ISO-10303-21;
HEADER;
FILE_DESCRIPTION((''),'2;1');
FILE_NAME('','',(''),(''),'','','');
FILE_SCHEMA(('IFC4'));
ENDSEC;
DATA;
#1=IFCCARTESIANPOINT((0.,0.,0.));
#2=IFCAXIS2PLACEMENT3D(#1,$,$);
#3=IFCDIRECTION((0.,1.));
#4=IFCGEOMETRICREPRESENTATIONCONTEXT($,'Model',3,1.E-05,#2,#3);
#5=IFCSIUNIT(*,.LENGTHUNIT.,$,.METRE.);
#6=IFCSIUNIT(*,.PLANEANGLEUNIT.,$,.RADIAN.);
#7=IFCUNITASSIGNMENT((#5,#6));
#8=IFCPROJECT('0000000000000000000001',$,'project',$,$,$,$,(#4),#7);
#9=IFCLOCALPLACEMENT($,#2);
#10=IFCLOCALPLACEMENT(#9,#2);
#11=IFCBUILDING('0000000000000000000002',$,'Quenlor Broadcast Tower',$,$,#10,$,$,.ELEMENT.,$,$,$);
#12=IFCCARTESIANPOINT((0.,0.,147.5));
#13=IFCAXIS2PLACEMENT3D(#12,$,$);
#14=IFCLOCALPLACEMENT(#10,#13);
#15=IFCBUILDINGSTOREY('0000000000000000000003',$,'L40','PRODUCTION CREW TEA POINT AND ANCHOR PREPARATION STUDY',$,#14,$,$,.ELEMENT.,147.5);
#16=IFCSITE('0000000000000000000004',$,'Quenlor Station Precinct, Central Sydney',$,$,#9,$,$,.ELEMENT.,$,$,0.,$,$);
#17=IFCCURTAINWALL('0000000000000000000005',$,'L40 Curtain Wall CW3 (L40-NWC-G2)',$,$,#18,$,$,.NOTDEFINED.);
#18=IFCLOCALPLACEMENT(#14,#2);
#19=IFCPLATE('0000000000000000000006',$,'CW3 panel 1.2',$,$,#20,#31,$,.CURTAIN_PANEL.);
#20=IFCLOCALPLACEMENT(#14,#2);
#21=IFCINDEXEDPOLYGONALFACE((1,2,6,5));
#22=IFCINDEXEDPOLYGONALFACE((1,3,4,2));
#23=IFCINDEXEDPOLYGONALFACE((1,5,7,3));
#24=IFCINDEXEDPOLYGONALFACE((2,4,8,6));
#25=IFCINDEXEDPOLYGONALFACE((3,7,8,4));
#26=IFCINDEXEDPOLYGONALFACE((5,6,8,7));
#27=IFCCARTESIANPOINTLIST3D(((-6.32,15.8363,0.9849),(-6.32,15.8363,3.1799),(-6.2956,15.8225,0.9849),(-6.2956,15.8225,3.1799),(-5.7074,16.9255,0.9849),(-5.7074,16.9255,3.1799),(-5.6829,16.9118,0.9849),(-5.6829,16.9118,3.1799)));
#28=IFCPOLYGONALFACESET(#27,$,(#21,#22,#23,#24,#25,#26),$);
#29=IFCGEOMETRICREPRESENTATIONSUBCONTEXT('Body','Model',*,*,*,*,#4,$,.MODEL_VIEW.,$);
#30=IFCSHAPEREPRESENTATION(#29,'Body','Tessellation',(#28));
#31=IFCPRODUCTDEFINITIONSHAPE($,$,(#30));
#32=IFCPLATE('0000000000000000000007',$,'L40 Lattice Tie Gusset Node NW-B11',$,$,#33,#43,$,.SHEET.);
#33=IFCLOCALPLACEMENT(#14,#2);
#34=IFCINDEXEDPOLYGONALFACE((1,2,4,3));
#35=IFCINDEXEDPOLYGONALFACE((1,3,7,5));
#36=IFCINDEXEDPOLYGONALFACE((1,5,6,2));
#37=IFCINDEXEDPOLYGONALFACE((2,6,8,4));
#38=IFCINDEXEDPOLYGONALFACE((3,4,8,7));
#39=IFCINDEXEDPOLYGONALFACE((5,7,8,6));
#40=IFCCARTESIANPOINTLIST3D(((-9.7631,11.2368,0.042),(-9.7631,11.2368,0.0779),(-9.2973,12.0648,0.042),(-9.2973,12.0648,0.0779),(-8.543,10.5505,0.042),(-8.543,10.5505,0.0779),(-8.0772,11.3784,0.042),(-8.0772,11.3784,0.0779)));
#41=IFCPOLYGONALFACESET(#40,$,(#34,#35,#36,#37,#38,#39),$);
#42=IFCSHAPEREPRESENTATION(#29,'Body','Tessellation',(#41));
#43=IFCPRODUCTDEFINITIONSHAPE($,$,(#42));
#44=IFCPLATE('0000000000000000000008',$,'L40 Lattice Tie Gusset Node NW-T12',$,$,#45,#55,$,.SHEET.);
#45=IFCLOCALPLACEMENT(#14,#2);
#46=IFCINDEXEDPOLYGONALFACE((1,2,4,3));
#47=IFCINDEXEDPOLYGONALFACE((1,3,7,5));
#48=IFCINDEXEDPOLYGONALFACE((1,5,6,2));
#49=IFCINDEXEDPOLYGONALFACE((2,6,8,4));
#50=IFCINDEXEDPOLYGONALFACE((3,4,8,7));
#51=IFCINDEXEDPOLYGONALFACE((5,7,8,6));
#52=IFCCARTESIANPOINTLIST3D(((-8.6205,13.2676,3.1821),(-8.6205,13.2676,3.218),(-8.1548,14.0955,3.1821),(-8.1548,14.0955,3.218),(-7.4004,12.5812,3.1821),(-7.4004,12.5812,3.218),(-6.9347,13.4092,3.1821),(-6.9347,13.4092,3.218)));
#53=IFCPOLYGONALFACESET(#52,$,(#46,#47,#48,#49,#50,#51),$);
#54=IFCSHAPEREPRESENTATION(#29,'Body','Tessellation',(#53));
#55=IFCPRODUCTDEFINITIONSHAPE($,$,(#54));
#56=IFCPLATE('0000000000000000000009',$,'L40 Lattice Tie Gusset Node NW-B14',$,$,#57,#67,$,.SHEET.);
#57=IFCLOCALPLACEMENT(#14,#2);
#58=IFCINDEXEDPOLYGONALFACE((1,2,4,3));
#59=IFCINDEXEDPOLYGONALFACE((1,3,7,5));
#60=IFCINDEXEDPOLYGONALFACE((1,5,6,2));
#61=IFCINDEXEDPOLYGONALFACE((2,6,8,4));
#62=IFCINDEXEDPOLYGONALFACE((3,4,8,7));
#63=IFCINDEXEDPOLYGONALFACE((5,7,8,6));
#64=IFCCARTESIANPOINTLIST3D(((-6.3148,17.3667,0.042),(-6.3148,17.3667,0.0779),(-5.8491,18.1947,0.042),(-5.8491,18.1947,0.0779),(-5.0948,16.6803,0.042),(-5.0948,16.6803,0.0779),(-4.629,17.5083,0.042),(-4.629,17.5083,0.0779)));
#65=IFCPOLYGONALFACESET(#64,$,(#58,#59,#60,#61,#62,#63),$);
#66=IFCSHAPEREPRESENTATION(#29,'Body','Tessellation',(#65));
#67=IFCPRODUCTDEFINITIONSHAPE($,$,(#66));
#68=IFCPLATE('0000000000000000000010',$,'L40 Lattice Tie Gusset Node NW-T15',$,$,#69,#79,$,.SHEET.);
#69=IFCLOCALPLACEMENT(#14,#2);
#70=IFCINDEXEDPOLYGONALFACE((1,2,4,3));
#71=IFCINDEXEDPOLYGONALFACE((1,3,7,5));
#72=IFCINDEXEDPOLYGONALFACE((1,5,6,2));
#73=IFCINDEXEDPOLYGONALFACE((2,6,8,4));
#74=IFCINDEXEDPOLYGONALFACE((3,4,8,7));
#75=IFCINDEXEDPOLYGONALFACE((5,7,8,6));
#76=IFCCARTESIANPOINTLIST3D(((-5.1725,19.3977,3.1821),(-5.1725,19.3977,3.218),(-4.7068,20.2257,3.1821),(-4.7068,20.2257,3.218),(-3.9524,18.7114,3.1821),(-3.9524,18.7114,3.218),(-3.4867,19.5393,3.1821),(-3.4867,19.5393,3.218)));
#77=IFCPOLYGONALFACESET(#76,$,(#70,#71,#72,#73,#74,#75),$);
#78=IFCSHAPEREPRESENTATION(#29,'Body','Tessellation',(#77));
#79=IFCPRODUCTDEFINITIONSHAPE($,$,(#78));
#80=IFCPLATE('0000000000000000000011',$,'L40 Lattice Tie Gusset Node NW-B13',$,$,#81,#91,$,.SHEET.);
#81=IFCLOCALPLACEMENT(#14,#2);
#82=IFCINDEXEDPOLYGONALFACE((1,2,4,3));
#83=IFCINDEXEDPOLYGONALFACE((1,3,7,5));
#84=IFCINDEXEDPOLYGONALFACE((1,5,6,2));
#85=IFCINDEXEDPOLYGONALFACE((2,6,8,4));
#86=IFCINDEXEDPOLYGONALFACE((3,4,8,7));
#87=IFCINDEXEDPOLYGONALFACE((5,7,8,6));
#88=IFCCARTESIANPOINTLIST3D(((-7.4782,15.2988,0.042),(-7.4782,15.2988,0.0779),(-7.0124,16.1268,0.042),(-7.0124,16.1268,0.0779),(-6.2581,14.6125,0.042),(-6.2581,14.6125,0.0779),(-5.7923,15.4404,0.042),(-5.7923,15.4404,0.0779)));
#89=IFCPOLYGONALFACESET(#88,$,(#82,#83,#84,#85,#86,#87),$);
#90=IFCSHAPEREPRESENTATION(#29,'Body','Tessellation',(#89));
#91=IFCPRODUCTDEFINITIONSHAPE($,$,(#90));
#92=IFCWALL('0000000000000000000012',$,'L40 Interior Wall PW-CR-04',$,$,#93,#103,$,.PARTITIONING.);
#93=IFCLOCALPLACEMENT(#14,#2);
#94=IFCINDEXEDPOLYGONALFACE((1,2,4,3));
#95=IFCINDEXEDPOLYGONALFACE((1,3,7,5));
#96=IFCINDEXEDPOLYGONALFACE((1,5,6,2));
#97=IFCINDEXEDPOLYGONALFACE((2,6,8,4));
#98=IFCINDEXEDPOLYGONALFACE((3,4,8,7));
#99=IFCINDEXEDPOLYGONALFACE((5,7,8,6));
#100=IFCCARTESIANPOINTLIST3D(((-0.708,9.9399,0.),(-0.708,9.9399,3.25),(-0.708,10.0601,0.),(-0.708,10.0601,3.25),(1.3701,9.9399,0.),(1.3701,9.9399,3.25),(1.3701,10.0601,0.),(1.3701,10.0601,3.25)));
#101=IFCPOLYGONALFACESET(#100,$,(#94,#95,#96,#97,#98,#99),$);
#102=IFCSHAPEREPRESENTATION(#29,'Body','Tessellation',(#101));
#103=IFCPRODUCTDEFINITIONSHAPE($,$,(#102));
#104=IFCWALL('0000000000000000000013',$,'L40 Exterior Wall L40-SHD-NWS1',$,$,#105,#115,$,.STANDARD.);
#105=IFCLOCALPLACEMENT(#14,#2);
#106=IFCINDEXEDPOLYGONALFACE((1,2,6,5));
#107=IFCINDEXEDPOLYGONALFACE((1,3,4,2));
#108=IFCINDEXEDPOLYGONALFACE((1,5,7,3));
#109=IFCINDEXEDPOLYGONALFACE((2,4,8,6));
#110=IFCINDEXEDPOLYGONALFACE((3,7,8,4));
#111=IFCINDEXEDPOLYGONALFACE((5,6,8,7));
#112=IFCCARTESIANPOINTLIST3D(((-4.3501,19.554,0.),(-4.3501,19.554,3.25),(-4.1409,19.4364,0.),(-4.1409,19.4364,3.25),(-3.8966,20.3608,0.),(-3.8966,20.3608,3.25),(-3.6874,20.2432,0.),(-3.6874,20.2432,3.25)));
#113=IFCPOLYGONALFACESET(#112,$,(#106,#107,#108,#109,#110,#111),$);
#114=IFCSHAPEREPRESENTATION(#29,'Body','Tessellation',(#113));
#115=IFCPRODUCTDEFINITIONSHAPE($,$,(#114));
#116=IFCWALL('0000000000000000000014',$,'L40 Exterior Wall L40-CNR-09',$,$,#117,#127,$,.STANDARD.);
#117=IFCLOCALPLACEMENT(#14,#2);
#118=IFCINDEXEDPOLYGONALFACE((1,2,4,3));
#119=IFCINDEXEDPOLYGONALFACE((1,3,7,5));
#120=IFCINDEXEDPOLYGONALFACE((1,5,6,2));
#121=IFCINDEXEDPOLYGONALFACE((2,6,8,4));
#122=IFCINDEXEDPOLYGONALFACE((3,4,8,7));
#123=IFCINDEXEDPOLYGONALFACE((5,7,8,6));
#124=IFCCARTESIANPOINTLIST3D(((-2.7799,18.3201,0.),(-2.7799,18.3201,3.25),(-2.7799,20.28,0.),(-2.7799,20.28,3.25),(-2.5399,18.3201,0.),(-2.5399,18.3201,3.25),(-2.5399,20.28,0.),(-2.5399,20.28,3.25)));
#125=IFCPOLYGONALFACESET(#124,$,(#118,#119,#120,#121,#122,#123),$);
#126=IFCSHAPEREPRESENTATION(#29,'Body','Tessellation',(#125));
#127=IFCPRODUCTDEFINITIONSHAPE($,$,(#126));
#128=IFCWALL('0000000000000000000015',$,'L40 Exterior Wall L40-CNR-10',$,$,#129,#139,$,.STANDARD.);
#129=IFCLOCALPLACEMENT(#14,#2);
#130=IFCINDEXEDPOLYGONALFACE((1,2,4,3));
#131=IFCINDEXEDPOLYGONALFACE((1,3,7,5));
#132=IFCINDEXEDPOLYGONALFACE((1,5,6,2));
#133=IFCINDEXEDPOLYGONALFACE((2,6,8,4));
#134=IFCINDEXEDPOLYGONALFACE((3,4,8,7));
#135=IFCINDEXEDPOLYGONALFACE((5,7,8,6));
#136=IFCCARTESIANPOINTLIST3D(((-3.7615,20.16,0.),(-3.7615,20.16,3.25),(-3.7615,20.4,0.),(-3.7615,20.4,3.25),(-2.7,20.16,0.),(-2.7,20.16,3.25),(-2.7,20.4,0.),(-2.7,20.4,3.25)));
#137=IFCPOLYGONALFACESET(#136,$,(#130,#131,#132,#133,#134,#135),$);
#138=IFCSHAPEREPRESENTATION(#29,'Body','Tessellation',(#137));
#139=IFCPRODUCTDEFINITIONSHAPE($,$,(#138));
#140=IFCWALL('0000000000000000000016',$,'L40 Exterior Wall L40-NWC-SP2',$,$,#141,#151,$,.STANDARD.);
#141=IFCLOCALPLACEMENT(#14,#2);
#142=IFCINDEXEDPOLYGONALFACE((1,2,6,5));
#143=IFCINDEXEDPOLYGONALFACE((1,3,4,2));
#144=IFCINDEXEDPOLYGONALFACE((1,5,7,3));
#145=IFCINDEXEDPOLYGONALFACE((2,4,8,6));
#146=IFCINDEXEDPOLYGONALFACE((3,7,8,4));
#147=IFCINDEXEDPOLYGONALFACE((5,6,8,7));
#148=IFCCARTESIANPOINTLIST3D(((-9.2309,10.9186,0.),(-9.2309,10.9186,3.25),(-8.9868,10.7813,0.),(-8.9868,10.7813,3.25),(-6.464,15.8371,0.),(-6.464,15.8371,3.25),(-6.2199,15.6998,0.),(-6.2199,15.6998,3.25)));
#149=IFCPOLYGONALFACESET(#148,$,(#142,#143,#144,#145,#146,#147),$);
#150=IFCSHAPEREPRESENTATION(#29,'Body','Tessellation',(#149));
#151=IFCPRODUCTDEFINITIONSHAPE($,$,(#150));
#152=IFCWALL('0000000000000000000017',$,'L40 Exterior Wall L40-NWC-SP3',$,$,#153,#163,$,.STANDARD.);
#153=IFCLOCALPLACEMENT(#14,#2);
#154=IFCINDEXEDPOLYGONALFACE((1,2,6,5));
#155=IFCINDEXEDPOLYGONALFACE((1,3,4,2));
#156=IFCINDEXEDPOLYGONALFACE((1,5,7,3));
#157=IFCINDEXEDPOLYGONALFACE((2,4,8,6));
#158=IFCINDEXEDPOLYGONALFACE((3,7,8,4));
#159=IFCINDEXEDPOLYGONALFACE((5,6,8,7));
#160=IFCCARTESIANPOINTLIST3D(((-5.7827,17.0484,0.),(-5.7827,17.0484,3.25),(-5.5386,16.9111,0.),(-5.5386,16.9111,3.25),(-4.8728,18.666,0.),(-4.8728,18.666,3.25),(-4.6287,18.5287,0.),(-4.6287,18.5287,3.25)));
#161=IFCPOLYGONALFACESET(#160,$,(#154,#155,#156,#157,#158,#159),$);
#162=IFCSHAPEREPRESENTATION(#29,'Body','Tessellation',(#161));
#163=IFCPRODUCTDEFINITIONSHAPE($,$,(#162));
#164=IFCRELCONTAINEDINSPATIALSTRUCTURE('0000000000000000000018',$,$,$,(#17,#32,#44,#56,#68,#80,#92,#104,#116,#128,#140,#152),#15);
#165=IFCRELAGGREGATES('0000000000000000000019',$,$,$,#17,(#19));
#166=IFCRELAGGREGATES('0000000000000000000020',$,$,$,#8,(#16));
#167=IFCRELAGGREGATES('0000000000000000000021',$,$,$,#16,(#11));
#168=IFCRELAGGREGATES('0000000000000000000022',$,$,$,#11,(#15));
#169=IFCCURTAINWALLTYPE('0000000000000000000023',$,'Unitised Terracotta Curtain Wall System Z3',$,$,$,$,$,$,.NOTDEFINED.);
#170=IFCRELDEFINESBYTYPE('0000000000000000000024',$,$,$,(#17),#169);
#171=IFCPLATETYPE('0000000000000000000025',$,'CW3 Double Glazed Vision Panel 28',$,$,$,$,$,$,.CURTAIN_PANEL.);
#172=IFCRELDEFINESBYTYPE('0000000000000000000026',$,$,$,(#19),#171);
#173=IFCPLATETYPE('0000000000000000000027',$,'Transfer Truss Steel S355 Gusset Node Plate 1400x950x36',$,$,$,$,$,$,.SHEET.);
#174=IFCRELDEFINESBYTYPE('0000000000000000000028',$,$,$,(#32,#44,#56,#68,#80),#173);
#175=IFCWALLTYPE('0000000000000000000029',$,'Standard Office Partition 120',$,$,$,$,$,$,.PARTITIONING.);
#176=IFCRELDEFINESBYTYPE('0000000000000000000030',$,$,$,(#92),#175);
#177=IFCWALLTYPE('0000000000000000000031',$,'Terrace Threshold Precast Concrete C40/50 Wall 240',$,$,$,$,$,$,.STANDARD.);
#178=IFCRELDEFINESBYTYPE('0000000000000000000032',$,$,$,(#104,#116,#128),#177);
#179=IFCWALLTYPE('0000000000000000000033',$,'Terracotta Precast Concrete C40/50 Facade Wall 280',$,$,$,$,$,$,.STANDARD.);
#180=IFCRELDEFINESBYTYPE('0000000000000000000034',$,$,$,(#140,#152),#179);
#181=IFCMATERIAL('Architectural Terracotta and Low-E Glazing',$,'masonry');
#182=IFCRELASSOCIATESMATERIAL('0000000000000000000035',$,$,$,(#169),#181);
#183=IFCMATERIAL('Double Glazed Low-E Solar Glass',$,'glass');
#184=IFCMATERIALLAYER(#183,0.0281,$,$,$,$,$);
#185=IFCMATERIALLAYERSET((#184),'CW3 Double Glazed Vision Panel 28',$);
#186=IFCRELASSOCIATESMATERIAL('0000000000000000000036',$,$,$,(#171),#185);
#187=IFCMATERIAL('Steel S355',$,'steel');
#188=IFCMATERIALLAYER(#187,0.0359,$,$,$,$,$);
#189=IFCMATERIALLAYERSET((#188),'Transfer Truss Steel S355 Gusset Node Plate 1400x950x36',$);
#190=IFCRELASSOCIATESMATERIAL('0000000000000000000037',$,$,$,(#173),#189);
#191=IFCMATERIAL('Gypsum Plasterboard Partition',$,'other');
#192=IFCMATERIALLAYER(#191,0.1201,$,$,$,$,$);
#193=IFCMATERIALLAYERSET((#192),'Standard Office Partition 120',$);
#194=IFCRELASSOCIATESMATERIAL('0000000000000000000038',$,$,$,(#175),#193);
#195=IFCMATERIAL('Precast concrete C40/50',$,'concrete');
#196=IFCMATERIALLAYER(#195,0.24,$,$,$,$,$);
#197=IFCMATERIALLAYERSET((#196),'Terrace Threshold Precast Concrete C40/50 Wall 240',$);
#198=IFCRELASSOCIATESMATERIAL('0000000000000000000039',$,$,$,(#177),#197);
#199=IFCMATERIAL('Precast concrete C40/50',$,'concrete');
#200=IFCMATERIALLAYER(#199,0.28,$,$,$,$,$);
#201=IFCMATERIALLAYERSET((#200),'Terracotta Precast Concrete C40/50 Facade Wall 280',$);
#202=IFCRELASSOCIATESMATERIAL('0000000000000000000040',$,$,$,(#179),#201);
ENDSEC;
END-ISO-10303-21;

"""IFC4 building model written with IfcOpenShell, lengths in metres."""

from ifc_helpers import new_model, si_unit, direction, frame, frame_2d, origin, origin_2d, place, context, subcontext, project, spatial, rectangle, extrude, material, layer, layer_set, type_object, element, aggregate, save


model = new_model("IFC4")

# Units and contexts
model_context = context("Model", 3, precision=1e-05, world=origin(), true_north=direction((0.0, 1.0)))
body_context = subcontext(model_context, "Body", "Model", "MODEL_VIEW")
ifc_project = project(units=[si_unit("LENGTHUNIT", "METRE"), si_unit("PLANEANGLEUNIT", "RADIAN")], contexts=[model_context])

# Site, building, storey
site_placement = place(None, origin())
site = spatial("IfcSite", under=ifc_project, at=site_placement, Name="Quenlor Station Precinct, Central Sydney", CompositionType="ELEMENT", RefElevation=0.0)
building_placement = place(site_placement, origin())
building = spatial("IfcBuilding", under=site, at=building_placement, Name="Quenlor Broadcast Tower", CompositionType="ELEMENT")
storey_placement = place(building_placement, frame((0.0, 0.0, 147.5)))
storey = spatial("IfcBuildingStorey", under=building, at=storey_placement, Name="L40", Description="PRODUCTION CREW TEA POINT AND ANCHOR PREPARATION STUDY", CompositionType="ELEMENT", Elevation=147.5)

# Shared definitions
ifc_material_1 = material(Name="Architectural Terracotta and Low-E Glazing", Category="masonry")
curtain_wall_type = type_object("IfcCurtainWallType", Name="Unitised Terracotta Curtain Wall System Z3", PredefinedType="NOTDEFINED", material=ifc_material_1)

# Curtain wall
curtain_wall_1_placement = place(storey_placement, origin())
curtain_wall_1 = element("IfcCurtainWall", 1, at=curtain_wall_1_placement, inside=storey, type_object=curtain_wall_type, Name="L40 Curtain Wall CW3 (L40-NWC-G2)", PredefinedType="NOTDEFINED")

# Plate
ifc_material_2 = material(Name="Double Glazed Low-E Solar Glass", Category="glass")
ifc_layer_1 = layer(ifc_material_2, 0.0281)
ifc_layer_set_1 = layer_set([ifc_layer_1], Name="CW3 Double Glazed Vision Panel 28")
plate_type_1 = type_object("IfcPlateType", Name="CW3 Double Glazed Vision Panel 28", PredefinedType="CURTAIN_PANEL", material=ifc_layer_set_1)
plate_1_placement = place(storey_placement, frame((-6.0015, 16.374, 0.9849), z_axis=(0.0, 0.0, 1.0), x_axis=(0.49023, 0.871593, 0.0)))
plate_1 = element("IfcPlate", 2, at=plate_1_placement, type_object=plate_type_1, Name="CW3 panel 1.2", PredefinedType="CURTAIN_PANEL", context=body_context, shape_type="SweptSolid", body=[
    extrude(rectangle(XDim=1.2498, YDim=0.0281, at=origin_2d()), origin(), (0.0, 0.0, 1.0), 2.1951),
])
aggregate(curtain_wall_1, [plate_1])

# Plates
ifc_material_3 = material(Name="Steel S355", Category="steel")
ifc_layer_2 = layer(ifc_material_3, 0.0359)
ifc_layer_set_2 = layer_set([ifc_layer_2], Name="Transfer Truss Steel S355 Gusset Node Plate 1400x950x36")
plate_type_2 = type_object("IfcPlateType", Name="Transfer Truss Steel S355 Gusset Node Plate 1400x950x36", PredefinedType="SHEET", material=ifc_layer_set_2)
for number, where, z_axis, x_axis, name in (
    (3, (-8.9202, 11.3076, 0.042), (0.0, 0.0, 1.0), (-0.871556, 0.490295, 0.0), "L40 Lattice Tie Gusset Node NW-B11"),
    (4, (-7.7776, 13.3384, 3.1821), (0.0, 0.0, 1.0), (-0.871556, 0.490295, 0.0), "L40 Lattice Tie Gusset Node NW-T12"),
    (5, (-5.4719, 17.4375, 0.042), (0.0, 0.0, 1.0), (-0.871556, 0.490295, 0.0), "L40 Lattice Tie Gusset Node NW-B14"),
    (6, (-4.3296, 19.4685, 3.1821), (0.0, 0.0, 1.0), (-0.871556, 0.490295, 0.0), "L40 Lattice Tie Gusset Node NW-T15"),
    (7, (-6.6353, 15.3696, 0.042), (0.0, 0.0, 1.0), (-0.871556, 0.490295, 0.0), "L40 Lattice Tie Gusset Node NW-B13"),
):
    element("IfcPlate", number, at=place(storey_placement, frame(where, z_axis=z_axis, x_axis=x_axis)), inside=storey, type_object=plate_type_2, Name=name, PredefinedType="SHEET", context=body_context, shape_type="SweptSolid", body=[
        extrude(rectangle(XDim=1.3999, YDim=0.95, at=origin_2d()), origin(), (0.0, 0.0, 1.0), 0.0359),
    ])

# Walls
ifc_material_4 = material(Name="Gypsum Plasterboard Partition", Category="other")
ifc_layer_3 = layer(ifc_material_4, 0.1201)
ifc_layer_set_3 = layer_set([ifc_layer_3], Name="Standard Office Partition 120")
wall_type_1 = type_object("IfcWallType", Name="Standard Office Partition 120", PredefinedType="PARTITIONING", material=ifc_layer_set_3)
wall_1_placement = place(storey_placement, frame((-0.708, 10.0, 0.0), z_axis=(0.0, 0.0, 1.0), x_axis=(1.0, 0.0, 0.0)))
element("IfcWall", 8, at=wall_1_placement, inside=storey, type_object=wall_type_1, Name="L40 Interior Wall PW-CR-04", PredefinedType="PARTITIONING", context=body_context, shape_type="SweptSolid", body=[
    extrude(rectangle(XDim=2.0781, YDim=0.1201, at=frame_2d((1.0391, 0.0))), origin(), (0.0, 0.0, 1.0), 3.25),
])
ifc_material_5 = material(Name="Precast concrete C40/50", Category="concrete")
ifc_layer_4 = layer(ifc_material_5, 0.24)
ifc_layer_set_4 = layer_set([ifc_layer_4], Name="Terrace Threshold Precast Concrete C40/50 Wall 240")
wall_type_2 = type_object("IfcWallType", Name="Terrace Threshold Precast Concrete C40/50 Wall 240", PredefinedType="STANDARD", material=ifc_layer_set_4)
wall_2_placement = place(storey_placement, frame((-4.2456, 19.4951, 0.0), z_axis=(0.0, 0.0, 1.0), x_axis=(0.490048, 0.871695, 0.0)))
element("IfcWall", 9, at=wall_2_placement, inside=storey, type_object=wall_type_2, Name="L40 Exterior Wall L40-SHD-NWS1", PredefinedType="STANDARD", context=body_context, shape_type="SweptSolid", body=[
    extrude(rectangle(XDim=0.9255, YDim=0.24, at=frame_2d((0.4629, 0.0))), origin(), (0.0, 0.0, 1.0), 3.25),
])
wall_3_placement = place(storey_placement, frame((-2.6599, 18.3201, 0.0), z_axis=(0.0, 0.0, 1.0), x_axis=(0.0, 1.0, 0.0)))
element("IfcWall", 10, at=wall_3_placement, inside=storey, type_object=wall_type_2, Name="L40 Exterior Wall L40-CNR-09", PredefinedType="STANDARD", context=body_context, shape_type="SweptSolid", body=[
    extrude(rectangle(XDim=1.96, YDim=0.24, at=frame_2d((0.98, 0.0))), origin(), (0.0, 0.0, 1.0), 3.25),
])
wall_4_placement = place(storey_placement, frame((-2.7, 20.28, 0.0), z_axis=(0.0, 0.0, 1.0), x_axis=(-1.0, 0.0, 0.0)))
element("IfcWall", 11, at=wall_4_placement, inside=storey, type_object=wall_type_2, Name="L40 Exterior Wall L40-CNR-10", PredefinedType="STANDARD", context=body_context, shape_type="SweptSolid", body=[
    extrude(rectangle(XDim=1.0615, YDim=0.24, at=frame_2d((0.5308, 0.0))), origin(), (0.0, 0.0, 1.0), 3.25),
])
ifc_material_6 = material(Name="Precast concrete C40/50", Category="concrete")
ifc_layer_5 = layer(ifc_material_6, 0.28)
ifc_layer_set_5 = layer_set([ifc_layer_5], Name="Terracotta Precast Concrete C40/50 Facade Wall 280")
wall_type_3 = type_object("IfcWallType", Name="Terracotta Precast Concrete C40/50 Facade Wall 280", PredefinedType="STANDARD", material=ifc_layer_set_5)
wall_5_placement = place(storey_placement, frame((-9.1089, 10.8499, 0.0), z_axis=(0.0, 0.0, 1.0), x_axis=(0.49029, 0.871559, 0.0)))
element("IfcWall", 12, at=wall_5_placement, inside=storey, type_object=wall_type_3, Name="L40 Exterior Wall L40-NWC-SP2", PredefinedType="STANDARD", context=body_context, shape_type="SweptSolid", body=[
    extrude(rectangle(XDim=5.6433, YDim=0.28, at=frame_2d((2.8218, 0.0))), origin(), (0.0, 0.0, 1.0), 3.25),
])
wall_6_placement = place(storey_placement, frame((-5.6606, 16.9797, 0.0), z_axis=(0.0, 0.0, 1.0), x_axis=(0.490249, 0.871583, 0.0)))
element("IfcWall", 13, at=wall_6_placement, inside=storey, type_object=wall_type_3, Name="L40 Exterior Wall L40-NWC-SP3", PredefinedType="STANDARD", context=body_context, shape_type="SweptSolid", body=[
    extrude(rectangle(XDim=1.856, YDim=0.28, at=frame_2d((0.928, 0.0))), origin(), (0.0, 0.0, 1.0), 3.25),
])

save(model, "model.ifc")
